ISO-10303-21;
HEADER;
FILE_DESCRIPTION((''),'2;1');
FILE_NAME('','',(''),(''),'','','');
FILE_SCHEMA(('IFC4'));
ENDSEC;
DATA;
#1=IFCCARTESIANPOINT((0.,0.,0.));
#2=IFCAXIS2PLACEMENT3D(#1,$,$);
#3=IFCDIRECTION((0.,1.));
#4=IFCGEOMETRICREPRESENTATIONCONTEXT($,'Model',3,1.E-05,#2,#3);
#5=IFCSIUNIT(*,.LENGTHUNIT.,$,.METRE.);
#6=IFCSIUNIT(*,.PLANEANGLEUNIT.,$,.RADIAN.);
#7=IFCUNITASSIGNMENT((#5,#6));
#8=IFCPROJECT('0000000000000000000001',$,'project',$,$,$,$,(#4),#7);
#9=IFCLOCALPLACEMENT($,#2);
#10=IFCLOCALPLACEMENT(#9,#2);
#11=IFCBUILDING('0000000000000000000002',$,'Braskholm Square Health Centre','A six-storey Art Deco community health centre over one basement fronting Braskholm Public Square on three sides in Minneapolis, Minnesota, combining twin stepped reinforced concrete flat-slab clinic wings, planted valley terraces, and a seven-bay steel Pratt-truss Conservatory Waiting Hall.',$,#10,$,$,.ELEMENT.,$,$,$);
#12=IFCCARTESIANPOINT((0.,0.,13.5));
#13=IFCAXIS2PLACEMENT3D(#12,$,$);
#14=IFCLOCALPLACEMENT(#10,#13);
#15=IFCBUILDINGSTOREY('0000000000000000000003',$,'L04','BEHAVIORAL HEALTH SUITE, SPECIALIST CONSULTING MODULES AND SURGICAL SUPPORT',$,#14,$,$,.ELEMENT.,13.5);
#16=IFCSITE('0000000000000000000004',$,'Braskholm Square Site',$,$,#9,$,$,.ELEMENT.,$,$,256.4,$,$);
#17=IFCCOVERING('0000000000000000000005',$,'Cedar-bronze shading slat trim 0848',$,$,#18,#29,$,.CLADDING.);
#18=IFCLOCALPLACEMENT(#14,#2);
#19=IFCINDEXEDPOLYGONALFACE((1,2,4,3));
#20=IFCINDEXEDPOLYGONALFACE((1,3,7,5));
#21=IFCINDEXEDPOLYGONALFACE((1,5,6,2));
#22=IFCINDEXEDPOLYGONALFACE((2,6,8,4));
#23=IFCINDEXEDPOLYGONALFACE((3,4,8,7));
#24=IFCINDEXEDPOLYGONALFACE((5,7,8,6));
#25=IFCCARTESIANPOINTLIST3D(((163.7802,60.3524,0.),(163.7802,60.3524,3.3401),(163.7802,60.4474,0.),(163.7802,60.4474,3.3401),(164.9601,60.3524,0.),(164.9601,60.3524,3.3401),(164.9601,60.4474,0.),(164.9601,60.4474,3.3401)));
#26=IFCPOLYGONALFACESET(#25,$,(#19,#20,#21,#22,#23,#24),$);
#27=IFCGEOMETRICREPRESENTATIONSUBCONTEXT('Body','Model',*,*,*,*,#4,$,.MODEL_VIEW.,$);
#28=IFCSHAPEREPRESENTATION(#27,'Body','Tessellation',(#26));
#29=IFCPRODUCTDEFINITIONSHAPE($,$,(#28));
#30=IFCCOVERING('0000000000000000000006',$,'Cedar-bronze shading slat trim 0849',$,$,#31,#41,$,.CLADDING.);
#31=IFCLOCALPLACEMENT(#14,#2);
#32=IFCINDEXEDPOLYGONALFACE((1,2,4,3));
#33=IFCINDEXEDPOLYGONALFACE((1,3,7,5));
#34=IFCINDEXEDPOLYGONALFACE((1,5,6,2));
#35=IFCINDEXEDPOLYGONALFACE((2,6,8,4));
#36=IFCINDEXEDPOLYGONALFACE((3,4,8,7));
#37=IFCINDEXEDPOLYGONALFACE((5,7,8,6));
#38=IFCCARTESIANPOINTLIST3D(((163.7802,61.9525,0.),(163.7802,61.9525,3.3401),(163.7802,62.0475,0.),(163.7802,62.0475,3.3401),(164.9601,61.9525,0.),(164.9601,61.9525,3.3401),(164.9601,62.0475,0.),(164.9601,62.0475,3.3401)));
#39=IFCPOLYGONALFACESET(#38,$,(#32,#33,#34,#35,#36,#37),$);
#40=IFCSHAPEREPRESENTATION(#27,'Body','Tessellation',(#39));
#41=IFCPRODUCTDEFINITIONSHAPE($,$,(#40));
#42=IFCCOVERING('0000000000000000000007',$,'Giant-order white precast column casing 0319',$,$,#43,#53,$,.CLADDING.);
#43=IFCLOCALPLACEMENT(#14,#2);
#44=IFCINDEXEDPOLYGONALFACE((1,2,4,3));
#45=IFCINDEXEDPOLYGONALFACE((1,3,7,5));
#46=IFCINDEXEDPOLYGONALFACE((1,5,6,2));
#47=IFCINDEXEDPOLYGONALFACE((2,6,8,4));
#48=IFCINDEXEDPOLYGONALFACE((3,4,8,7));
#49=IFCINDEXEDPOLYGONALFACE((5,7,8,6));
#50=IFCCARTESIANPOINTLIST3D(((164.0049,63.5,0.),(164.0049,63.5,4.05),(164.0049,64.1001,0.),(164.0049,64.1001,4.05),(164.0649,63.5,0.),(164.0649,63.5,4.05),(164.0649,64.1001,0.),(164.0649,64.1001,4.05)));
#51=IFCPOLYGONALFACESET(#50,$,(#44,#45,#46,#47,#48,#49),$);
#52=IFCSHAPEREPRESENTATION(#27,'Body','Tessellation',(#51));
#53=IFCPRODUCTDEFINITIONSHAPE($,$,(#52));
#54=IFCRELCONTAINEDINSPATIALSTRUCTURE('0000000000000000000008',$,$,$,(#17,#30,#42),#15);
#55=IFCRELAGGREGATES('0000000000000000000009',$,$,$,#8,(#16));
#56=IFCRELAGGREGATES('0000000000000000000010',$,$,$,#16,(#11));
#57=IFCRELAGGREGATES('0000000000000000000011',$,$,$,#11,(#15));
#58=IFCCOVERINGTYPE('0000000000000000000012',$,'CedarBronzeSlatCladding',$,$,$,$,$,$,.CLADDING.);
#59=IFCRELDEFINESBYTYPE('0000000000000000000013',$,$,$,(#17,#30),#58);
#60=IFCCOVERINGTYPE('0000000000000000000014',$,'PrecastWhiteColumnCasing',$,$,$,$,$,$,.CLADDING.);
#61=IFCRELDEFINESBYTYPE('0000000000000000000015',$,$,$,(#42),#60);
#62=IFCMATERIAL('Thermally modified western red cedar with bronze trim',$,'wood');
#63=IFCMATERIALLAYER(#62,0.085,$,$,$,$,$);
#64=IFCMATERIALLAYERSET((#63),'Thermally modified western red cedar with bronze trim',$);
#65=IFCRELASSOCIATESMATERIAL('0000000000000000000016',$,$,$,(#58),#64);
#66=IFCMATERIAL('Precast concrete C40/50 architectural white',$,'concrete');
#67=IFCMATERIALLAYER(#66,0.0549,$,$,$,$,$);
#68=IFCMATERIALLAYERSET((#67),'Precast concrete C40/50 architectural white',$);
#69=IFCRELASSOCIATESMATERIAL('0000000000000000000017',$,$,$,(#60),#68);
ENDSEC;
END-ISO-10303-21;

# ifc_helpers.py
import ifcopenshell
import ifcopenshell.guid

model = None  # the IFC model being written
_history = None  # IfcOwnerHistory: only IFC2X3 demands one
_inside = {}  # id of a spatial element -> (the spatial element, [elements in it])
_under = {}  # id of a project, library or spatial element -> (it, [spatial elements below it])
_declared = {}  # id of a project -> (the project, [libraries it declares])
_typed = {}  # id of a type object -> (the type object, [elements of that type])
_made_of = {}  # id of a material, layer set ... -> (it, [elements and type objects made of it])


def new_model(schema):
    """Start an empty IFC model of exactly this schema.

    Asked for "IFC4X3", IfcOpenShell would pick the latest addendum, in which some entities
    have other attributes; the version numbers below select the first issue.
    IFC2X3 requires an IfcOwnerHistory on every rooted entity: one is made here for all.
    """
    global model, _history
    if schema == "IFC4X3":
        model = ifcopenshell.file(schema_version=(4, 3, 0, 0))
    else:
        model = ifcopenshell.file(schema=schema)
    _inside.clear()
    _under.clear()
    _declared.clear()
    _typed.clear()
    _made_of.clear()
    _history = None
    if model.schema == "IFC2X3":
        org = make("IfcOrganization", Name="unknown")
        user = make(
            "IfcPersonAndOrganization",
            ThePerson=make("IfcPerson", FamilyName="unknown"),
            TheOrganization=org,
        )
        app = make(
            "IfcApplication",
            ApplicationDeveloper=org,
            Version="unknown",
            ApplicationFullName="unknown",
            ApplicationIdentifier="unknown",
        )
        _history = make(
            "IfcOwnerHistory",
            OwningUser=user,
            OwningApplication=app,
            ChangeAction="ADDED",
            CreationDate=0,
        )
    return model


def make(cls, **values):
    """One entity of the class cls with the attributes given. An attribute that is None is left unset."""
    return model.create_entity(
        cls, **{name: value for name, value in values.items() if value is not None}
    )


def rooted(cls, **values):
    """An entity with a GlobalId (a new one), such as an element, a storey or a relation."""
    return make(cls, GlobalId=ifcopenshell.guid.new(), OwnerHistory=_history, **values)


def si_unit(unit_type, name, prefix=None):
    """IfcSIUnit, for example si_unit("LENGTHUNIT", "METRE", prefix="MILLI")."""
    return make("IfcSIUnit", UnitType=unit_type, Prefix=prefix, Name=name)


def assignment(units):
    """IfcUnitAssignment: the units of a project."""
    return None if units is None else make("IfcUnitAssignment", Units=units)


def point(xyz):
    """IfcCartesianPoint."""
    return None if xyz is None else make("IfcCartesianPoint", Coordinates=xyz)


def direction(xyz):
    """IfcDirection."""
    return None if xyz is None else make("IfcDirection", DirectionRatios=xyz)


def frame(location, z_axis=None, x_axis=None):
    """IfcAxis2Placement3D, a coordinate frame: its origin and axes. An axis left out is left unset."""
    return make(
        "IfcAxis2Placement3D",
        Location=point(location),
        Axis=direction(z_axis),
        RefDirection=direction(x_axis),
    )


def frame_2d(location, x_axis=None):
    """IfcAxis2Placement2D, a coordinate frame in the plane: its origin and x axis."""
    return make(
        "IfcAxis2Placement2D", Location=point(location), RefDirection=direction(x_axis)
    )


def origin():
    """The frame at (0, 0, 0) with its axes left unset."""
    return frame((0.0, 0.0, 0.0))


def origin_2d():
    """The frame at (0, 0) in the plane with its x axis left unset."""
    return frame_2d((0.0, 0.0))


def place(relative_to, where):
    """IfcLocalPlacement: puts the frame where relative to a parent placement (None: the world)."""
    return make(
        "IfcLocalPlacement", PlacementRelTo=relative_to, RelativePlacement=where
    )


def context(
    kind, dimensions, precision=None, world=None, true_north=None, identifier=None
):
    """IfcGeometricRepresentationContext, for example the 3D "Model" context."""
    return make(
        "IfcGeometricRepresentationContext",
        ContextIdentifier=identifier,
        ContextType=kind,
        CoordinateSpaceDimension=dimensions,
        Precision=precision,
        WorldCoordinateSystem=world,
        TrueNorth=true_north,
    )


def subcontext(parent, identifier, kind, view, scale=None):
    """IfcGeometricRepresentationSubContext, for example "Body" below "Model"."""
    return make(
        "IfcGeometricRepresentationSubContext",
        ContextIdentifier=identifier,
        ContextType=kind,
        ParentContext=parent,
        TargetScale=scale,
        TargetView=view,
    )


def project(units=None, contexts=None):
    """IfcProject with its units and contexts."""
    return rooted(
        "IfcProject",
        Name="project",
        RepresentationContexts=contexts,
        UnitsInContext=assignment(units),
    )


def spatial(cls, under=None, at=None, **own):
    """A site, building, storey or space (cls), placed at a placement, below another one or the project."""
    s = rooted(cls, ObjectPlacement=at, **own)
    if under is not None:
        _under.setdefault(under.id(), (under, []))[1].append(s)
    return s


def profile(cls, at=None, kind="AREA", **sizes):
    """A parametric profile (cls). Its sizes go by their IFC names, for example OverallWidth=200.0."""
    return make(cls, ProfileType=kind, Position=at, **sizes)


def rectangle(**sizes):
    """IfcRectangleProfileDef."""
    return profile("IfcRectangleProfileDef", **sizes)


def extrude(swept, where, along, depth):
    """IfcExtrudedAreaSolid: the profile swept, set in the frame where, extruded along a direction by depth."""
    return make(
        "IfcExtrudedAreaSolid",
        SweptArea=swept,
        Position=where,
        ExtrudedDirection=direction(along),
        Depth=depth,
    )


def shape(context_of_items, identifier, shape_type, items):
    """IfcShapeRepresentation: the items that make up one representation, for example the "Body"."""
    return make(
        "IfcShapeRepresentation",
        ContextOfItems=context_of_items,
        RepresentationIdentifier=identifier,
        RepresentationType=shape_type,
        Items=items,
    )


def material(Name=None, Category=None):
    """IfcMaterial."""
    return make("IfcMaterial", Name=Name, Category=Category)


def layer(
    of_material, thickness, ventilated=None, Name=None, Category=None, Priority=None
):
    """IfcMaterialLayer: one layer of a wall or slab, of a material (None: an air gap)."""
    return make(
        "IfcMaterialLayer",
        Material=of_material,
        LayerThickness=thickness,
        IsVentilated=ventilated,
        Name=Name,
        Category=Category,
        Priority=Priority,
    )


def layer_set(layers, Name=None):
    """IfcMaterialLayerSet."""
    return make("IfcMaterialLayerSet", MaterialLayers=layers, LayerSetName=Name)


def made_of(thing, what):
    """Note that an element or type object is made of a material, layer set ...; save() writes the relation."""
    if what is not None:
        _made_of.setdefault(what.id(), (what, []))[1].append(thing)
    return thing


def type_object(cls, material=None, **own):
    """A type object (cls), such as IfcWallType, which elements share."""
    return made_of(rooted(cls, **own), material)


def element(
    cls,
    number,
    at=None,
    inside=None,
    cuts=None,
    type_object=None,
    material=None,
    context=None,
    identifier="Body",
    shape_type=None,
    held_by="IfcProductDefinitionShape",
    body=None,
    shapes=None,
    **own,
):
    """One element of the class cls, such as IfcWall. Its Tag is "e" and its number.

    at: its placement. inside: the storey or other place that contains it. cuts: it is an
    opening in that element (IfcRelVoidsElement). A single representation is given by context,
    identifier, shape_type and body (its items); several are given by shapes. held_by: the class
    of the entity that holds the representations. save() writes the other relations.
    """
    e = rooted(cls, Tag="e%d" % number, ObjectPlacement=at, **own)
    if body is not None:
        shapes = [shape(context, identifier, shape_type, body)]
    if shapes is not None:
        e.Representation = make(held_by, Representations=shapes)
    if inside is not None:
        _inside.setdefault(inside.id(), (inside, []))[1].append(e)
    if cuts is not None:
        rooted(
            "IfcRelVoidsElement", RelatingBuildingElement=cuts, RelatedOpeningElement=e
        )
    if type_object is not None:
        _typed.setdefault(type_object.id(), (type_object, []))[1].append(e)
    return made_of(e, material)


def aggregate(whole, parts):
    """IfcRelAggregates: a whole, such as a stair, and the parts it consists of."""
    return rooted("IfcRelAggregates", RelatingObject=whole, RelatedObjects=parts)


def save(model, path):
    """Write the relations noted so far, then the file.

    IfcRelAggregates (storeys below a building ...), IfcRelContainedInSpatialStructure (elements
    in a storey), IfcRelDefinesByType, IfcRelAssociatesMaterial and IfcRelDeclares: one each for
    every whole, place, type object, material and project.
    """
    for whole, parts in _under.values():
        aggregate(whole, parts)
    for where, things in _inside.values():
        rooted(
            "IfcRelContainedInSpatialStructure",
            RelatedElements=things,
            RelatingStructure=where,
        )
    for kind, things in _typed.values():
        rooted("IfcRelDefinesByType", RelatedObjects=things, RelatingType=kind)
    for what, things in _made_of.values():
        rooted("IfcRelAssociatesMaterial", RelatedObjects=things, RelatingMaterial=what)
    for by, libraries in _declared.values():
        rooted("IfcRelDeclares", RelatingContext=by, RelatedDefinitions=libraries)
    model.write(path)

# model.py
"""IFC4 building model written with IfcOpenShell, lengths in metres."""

from ifc_helpers import new_model, si_unit, direction, frame, origin, origin_2d, place, context, subcontext, project, spatial, rectangle, extrude, material, layer, layer_set, type_object, element, save


model = new_model("IFC4")

# Units and contexts
model_context = context("Model", 3, precision=1e-05, world=origin(), true_north=direction((0.0, 1.0)))
body_context = subcontext(model_context, "Body", "Model", "MODEL_VIEW")
ifc_project = project(units=[si_unit("LENGTHUNIT", "METRE"), si_unit("PLANEANGLEUNIT", "RADIAN")], contexts=[model_context])

# Site, building, storey
site_placement = place(None, origin())
site = spatial("IfcSite", under=ifc_project, at=site_placement, Name="Braskholm Square Site", CompositionType="ELEMENT", RefElevation=256.4)
building_placement = place(site_placement, origin())
building = spatial("IfcBuilding", under=site, at=building_placement, Name="Braskholm Square Health Centre", Description="A six-storey Art Deco community health centre over one basement fronting Braskholm Public Square on three sides in Minneapolis, Minnesota, combining twin stepped reinforced concrete flat-slab clinic wings, planted valley terraces, and a seven-bay steel Pratt-truss Conservatory Waiting Hall.", CompositionType="ELEMENT")
storey_placement = place(building_placement, frame((0.0, 0.0, 13.5)))
storey = spatial("IfcBuildingStorey", under=building, at=storey_placement, Name="L04", Description="BEHAVIORAL HEALTH SUITE, SPECIALIST CONSULTING MODULES AND SURGICAL SUPPORT", CompositionType="ELEMENT", Elevation=13.5)

# Shared definitions
ifc_material_1 = material(Name="Precast concrete C40/50 architectural white", Category="concrete")

# Shared definitions
ifc_material_2 = material(Name="Thermally modified western red cedar with bronze trim", Category="wood")

# Coverings
ifc_layer_1 = layer(ifc_material_2, 0.085)
ifc_layer_set_1 = layer_set([ifc_layer_1], Name="Thermally modified western red cedar with bronze trim")
covering_type_1 = type_object("IfcCoveringType", Name="CedarBronzeSlatCladding", PredefinedType="CLADDING", material=ifc_layer_set_1)
for number, where, z_axis, x_axis, name in (
    (1, (164.3701, 60.3999, 0.0), (0.0, 0.0, 1.0), (1.0, 0.0, 0.0), "Cedar-bronze shading slat trim 0848"),
    (2, (164.3701, 62.0, 0.0), (0.0, 0.0, 1.0), (1.0, 0.0, 0.0), "Cedar-bronze shading slat trim 0849"),
):
    element("IfcCovering", number, at=place(storey_placement, frame(where, z_axis=z_axis, x_axis=x_axis)), inside=storey, type_object=covering_type_1, Name=name, PredefinedType="CLADDING", context=body_context, shape_type="SweptSolid", body=[
        extrude(rectangle(XDim=1.1799, YDim=0.095, at=origin_2d()), origin(), (0.0, 0.0, 1.0), 3.3401),
    ])
ifc_layer_2 = layer(ifc_material_1, 0.0549)
ifc_layer_set_2 = layer_set([ifc_layer_2], Name="Precast concrete C40/50 architectural white")
covering_type_2 = type_object("IfcCoveringType", Name="PrecastWhiteColumnCasing", PredefinedType="CLADDING", material=ifc_layer_set_2)
covering_placement = place(storey_placement, frame((164.0349, 63.8, 0.0), z_axis=(0.0, 0.0, 1.0), x_axis=(1.0, 0.0, 0.0)))
element("IfcCovering", 3, at=covering_placement, inside=storey, type_object=covering_type_2, Name="Giant-order white precast column casing 0319", PredefinedType="CLADDING", context=body_context, shape_type="SweptSolid", body=[
    extrude(rectangle(XDim=0.0601, YDim=0.6001, at=origin_2d()), origin(), (0.0, 0.0, 1.0), 4.05),
])

save(model, "model.ifc")
